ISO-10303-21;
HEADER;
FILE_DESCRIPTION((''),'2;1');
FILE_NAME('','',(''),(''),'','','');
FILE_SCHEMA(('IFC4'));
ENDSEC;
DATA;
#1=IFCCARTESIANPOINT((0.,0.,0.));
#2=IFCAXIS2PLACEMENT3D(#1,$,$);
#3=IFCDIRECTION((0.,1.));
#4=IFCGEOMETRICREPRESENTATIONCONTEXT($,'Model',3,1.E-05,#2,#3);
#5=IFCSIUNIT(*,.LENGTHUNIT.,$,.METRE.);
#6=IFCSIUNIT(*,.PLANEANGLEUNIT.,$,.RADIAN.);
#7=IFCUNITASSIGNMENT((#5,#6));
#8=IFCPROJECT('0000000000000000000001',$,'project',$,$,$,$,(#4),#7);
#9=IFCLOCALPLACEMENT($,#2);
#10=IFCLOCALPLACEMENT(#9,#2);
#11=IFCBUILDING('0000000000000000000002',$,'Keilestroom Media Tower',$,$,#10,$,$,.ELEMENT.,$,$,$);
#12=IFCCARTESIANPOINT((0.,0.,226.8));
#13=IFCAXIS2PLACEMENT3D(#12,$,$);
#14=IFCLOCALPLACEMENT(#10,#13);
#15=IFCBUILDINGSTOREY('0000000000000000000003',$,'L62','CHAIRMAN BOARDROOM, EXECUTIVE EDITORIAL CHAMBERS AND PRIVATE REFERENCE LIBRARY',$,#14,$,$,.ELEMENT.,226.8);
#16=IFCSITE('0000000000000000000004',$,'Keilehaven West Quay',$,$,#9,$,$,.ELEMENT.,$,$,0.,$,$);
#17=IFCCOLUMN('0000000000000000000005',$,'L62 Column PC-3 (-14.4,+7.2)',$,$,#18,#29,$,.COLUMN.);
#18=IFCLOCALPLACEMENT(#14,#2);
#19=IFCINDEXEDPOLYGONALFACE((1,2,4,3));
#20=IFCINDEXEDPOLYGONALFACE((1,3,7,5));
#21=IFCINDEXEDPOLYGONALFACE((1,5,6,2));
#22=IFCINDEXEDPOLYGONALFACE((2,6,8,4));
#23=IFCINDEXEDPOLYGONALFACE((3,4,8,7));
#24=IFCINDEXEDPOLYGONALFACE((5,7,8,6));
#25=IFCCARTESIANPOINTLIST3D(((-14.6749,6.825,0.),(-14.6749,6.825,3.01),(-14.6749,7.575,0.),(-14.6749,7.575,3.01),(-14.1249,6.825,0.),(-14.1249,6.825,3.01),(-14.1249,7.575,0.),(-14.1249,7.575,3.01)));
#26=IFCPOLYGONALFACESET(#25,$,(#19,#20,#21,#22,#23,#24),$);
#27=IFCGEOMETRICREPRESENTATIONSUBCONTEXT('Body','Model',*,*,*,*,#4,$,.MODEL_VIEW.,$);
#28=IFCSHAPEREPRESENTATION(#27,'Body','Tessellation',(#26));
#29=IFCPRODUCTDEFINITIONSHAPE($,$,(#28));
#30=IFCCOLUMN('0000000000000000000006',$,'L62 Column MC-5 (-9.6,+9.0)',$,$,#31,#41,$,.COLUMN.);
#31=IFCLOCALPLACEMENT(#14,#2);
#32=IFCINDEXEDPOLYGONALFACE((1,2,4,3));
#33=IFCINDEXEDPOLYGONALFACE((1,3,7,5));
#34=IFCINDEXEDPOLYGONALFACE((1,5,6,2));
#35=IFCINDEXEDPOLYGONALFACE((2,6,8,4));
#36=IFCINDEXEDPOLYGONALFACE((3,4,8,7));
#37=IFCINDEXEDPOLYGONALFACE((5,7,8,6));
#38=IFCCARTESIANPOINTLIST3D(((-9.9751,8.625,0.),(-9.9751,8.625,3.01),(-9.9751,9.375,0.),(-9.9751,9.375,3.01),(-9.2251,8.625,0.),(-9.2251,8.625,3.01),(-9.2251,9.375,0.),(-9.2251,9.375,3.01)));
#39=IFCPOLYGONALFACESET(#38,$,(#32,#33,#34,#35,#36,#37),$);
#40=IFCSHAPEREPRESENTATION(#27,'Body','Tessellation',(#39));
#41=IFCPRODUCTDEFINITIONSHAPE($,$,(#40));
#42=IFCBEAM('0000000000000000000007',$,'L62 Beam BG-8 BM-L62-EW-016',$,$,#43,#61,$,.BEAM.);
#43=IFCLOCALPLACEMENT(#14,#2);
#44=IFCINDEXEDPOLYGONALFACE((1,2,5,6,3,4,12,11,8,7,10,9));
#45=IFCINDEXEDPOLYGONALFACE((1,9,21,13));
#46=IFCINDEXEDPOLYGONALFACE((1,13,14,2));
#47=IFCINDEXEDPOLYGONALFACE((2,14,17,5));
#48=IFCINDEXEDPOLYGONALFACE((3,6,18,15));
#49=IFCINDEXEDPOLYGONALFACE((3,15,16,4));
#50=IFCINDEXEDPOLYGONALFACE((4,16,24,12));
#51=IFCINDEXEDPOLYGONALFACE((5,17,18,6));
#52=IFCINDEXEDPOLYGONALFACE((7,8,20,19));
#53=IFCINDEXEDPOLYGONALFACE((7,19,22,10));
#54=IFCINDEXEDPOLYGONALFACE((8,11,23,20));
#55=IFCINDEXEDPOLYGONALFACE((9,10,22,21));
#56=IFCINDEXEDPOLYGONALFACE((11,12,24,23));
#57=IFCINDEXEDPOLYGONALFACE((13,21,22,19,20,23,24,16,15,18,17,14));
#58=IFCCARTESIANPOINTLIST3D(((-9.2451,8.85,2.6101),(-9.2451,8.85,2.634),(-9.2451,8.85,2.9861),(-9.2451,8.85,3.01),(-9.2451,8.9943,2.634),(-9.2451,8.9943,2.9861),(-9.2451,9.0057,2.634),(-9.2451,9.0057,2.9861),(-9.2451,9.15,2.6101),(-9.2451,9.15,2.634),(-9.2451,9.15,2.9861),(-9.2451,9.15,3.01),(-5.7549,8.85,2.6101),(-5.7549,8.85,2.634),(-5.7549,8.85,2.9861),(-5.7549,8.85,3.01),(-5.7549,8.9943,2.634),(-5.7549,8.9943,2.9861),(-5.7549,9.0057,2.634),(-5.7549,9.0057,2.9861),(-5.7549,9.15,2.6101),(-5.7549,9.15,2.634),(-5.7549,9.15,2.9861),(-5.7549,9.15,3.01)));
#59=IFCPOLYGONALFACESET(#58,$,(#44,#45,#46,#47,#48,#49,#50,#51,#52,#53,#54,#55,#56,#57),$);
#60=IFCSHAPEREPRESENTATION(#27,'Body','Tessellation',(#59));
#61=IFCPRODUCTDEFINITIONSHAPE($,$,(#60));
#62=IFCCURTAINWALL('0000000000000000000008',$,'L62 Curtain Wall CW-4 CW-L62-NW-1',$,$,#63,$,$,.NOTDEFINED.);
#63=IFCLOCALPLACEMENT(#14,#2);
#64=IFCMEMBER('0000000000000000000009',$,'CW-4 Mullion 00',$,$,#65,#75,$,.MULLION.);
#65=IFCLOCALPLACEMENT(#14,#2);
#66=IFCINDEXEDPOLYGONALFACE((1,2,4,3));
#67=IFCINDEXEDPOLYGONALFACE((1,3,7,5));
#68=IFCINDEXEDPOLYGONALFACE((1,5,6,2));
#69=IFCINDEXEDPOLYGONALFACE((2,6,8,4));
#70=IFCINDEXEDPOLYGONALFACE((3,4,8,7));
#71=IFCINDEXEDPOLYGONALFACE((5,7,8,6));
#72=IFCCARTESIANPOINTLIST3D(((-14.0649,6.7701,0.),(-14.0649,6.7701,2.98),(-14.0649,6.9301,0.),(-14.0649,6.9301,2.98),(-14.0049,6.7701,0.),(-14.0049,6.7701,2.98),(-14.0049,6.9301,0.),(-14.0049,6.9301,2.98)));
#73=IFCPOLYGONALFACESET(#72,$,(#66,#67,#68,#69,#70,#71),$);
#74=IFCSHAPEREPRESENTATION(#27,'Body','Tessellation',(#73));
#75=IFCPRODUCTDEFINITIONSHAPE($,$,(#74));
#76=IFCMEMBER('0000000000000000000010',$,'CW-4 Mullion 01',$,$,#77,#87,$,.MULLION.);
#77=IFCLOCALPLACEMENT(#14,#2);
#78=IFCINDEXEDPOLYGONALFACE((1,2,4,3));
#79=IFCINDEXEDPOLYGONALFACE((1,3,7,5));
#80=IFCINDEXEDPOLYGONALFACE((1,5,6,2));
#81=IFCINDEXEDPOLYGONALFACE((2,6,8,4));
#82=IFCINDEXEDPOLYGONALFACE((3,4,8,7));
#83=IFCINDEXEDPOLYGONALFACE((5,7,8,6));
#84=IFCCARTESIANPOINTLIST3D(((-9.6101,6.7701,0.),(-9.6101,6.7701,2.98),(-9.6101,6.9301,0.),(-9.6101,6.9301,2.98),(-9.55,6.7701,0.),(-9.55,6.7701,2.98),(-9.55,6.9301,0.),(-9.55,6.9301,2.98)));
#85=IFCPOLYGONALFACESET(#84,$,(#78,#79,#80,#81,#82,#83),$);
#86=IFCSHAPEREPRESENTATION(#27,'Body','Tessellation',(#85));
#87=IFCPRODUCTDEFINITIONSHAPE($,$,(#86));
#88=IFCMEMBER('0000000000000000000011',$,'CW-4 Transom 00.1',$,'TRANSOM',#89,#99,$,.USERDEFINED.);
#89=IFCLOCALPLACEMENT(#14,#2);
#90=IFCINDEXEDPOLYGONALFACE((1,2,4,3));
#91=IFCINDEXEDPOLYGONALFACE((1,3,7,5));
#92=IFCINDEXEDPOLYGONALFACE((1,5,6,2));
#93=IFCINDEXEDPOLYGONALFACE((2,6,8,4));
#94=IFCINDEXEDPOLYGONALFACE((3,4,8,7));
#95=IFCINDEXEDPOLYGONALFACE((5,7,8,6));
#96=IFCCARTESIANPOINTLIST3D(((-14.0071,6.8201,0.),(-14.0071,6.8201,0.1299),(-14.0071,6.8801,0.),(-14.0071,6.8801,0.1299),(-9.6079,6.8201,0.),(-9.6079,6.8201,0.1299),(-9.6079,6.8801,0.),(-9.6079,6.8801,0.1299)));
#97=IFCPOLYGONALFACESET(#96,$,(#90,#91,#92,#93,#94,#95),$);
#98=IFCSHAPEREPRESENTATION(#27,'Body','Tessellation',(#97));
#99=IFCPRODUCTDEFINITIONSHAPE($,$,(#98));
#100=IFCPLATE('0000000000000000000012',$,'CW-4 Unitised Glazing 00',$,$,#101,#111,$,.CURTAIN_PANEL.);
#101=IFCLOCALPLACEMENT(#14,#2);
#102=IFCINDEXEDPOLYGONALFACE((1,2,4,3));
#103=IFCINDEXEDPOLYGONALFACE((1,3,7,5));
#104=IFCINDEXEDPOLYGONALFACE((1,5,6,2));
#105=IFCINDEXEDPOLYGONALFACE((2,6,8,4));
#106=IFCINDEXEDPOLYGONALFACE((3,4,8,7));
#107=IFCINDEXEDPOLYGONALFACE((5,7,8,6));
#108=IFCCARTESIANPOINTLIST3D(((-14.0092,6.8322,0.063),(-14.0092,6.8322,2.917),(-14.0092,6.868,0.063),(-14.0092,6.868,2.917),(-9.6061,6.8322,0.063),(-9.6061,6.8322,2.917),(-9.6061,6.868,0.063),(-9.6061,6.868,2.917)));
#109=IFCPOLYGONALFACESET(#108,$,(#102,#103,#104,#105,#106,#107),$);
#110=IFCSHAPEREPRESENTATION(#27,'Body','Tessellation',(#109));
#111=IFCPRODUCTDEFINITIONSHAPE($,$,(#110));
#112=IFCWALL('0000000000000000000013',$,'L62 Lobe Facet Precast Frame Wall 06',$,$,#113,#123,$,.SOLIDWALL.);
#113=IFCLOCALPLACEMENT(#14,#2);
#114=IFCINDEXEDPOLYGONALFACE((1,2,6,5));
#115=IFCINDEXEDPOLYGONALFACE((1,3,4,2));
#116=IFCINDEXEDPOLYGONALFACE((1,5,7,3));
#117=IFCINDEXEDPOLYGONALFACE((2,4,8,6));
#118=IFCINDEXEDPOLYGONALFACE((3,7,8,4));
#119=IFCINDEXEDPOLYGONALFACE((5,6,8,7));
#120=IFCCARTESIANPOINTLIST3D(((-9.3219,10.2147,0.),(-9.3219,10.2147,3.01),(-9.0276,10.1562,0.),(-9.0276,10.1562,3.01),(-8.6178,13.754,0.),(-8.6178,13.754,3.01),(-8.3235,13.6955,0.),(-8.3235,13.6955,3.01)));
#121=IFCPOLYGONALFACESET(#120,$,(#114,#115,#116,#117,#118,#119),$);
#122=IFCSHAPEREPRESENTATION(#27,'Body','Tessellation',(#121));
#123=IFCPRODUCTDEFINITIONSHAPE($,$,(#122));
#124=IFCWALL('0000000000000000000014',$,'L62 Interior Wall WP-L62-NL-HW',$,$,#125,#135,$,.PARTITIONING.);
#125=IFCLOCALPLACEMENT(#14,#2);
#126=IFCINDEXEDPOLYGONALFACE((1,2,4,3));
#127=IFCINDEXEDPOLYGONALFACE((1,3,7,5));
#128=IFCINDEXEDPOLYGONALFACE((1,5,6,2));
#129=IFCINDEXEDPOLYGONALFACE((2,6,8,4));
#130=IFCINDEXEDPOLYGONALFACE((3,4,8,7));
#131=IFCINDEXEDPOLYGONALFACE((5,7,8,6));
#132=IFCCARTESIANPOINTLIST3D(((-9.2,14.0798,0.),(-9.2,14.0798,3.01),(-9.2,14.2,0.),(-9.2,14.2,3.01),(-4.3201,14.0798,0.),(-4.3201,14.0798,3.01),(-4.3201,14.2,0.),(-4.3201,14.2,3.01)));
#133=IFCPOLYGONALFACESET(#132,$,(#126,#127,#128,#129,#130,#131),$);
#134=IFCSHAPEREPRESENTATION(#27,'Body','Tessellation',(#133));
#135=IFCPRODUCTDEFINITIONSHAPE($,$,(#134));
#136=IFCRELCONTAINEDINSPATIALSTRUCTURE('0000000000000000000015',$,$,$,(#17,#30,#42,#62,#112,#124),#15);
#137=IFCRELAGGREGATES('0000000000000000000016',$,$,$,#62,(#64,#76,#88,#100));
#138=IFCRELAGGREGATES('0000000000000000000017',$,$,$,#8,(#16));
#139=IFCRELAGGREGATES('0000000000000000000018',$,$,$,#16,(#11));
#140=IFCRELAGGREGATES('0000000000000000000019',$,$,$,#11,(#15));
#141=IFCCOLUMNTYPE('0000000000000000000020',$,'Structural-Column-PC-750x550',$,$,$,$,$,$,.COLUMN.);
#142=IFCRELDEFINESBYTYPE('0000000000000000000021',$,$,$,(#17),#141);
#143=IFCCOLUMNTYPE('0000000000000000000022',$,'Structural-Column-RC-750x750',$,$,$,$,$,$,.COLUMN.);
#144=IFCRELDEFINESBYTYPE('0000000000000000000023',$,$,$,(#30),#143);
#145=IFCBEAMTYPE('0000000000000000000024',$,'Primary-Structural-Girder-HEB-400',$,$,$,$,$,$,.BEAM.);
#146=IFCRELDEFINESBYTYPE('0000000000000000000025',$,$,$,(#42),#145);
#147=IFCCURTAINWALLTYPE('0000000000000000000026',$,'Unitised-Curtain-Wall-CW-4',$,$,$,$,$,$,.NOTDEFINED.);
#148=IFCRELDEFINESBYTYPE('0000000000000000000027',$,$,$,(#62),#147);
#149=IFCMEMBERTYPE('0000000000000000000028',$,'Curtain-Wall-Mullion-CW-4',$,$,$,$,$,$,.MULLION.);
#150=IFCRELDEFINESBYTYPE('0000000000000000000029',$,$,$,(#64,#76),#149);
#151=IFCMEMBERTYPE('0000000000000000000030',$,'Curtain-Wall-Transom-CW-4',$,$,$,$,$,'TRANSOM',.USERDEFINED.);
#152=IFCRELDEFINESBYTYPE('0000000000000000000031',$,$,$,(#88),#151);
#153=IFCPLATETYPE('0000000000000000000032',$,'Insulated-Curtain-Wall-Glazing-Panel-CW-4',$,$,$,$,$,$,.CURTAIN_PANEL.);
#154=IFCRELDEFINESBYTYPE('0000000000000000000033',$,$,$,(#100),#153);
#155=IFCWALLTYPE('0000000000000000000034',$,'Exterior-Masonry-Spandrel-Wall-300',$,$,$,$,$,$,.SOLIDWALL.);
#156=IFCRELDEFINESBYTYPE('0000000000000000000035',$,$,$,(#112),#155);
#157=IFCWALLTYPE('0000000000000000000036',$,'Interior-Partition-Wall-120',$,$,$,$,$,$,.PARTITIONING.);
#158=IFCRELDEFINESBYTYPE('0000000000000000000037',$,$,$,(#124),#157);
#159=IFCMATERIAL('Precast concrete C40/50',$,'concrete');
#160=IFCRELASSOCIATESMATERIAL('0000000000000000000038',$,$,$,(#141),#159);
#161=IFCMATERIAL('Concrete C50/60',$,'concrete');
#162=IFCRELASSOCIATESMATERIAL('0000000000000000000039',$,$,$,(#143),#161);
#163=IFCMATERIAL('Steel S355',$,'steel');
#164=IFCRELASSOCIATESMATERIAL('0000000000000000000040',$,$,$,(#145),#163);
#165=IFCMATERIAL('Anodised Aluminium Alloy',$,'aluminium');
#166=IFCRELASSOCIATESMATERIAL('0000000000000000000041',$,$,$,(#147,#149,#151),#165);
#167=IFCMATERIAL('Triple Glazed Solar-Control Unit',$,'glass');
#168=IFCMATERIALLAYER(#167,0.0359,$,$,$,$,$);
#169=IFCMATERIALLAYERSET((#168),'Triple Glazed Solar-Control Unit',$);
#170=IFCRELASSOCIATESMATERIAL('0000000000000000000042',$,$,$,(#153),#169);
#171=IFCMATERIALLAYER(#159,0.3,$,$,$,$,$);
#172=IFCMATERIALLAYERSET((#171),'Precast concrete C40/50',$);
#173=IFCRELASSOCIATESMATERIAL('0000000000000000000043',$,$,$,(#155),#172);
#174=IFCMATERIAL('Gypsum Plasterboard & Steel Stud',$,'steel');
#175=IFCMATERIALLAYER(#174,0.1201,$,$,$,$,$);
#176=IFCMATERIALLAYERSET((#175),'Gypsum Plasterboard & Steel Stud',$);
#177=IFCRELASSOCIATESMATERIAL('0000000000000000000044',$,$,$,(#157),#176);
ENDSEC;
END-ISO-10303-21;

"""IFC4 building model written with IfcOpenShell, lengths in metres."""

from ifc_helpers import new_model, si_unit, direction, frame, frame_2d, origin, origin_2d, place, context, subcontext, project, spatial, rectangle, i_section, extrude, source, transform, mapped, material, layer, layer_set, material_profile, profile_set, type_object, element, aggregate, save


model = new_model("IFC4")

# Units and contexts
model_context = context("Model", 3, precision=1e-05, world=origin(), true_north=direction((0.0, 1.0)))
body_context = subcontext(model_context, "Body", "Model", "MODEL_VIEW")
ifc_project = project(units=[si_unit("LENGTHUNIT", "METRE"), si_unit("PLANEANGLEUNIT", "RADIAN")], contexts=[model_context])

# Site, building, storey
site_placement = place(None, origin())
site = spatial("IfcSite", under=ifc_project, at=site_placement, Name="Keilehaven West Quay", CompositionType="ELEMENT", RefElevation=0.0)
building_placement = place(site_placement, origin())
building = spatial("IfcBuilding", under=site, at=building_placement, Name="Keilestroom Media Tower", CompositionType="ELEMENT")
storey_placement = place(building_placement, frame((0.0, 0.0, 226.8)))
storey = spatial("IfcBuildingStorey", under=building, at=storey_placement, Name="L62", Description="CHAIRMAN BOARDROOM, EXECUTIVE EDITORIAL CHAMBERS AND PRIVATE REFERENCE LIBRARY", CompositionType="ELEMENT", Elevation=226.8)

# Columns
ifc_material_1 = material(Name="Precast concrete C40/50", Category="concrete")
ifc_material_profile_1 = material_profile(ifc_material_1, rectangle(XDim=0.55, YDim=0.75, at=origin_2d()), Name="PC 750x550")
ifc_profile_set_1 = profile_set([ifc_material_profile_1], Name="Precast concrete C40/50")
column_type_1 = type_object("IfcColumnType", Name="Structural-Column-PC-750x550", PredefinedType="COLUMN", material=ifc_profile_set_1)
shared_shape_1 = source(origin(), body_context, "Body", "SweptSolid", [
    extrude(rectangle(XDim=0.55, YDim=0.75, at=origin_2d()), origin(), (0.0, 0.0, 1.0), 3.01),
])
column_1_placement = place(storey_placement, frame((-14.3999, 7.2, 0.0), z_axis=(0.0, 0.0, 1.0), x_axis=(1.0, 0.0, 0.0)))
element("IfcColumn", 1, at=column_1_placement, inside=storey, type_object=column_type_1, Name="L62 Column PC-3 (-14.4,+7.2)", PredefinedType="COLUMN", context=body_context, shape_type="MappedRepresentation", body=[
    mapped(shared_shape_1, transform((0.0, 0.0, 0.0), x_axis=(1.0, 0.0, 0.0), y_axis=(0.0, 1.0, 0.0), z_axis=(0.0, 0.0, 1.0), scale=1.0)),
])
ifc_material_2 = material(Name="Concrete C50/60", Category="concrete")
ifc_material_profile_2 = material_profile(ifc_material_2, rectangle(XDim=0.75, YDim=0.75, at=origin_2d()), Name="RC 750x750")
ifc_profile_set_2 = profile_set([ifc_material_profile_2], Name="Concrete C50/60")
column_type_2 = type_object("IfcColumnType", Name="Structural-Column-RC-750x750", PredefinedType="COLUMN", material=ifc_profile_set_2)
shared_shape_2 = source(origin(), body_context, "Body", "SweptSolid", [
    extrude(rectangle(XDim=0.75, YDim=0.75, at=origin_2d()), origin(), (0.0, 0.0, 1.0), 3.01),
])
column_2_placement = place(storey_placement, frame((-9.6001, 9.0, 0.0), z_axis=(0.0, 0.0, 1.0), x_axis=(1.0, 0.0, 0.0)))
element("IfcColumn", 2, at=column_2_placement, inside=storey, type_object=column_type_2, Name="L62 Column MC-5 (-9.6,+9.0)", PredefinedType="COLUMN", context=body_context, shape_type="MappedRepresentation", body=[
    mapped(shared_shape_2, transform((0.0, 0.0, 0.0), x_axis=(1.0, 0.0, 0.0), y_axis=(0.0, 1.0, 0.0), z_axis=(0.0, 0.0, 1.0), scale=1.0)),
])

# Beam
ifc_material_3 = material(Name="Steel S355", Category="steel")
ifc_material_profile_3 = material_profile(ifc_material_3, i_section(OverallWidth=0.3, OverallDepth=0.3999, WebThickness=0.0115, FlangeThickness=0.0239, at=origin_2d()), Name="HEB 400")
ifc_profile_set_3 = profile_set([ifc_material_profile_3], Name="Steel S355")
beam_type = type_object("IfcBeamType", Name="Primary-Structural-Girder-HEB-400", PredefinedType="BEAM", material=ifc_profile_set_3)
shared_shape_3 = source(origin(), body_context, "Body", "SweptSolid", [
    extrude(i_section(OverallWidth=0.3, OverallDepth=0.3999, WebThickness=0.0115, FlangeThickness=0.0239, at=origin_2d()), origin(), (0.0, 0.0, 1.0), 3.4902),
])
beam_placement = place(storey_placement, frame((-9.2451, 9.0, 2.8101), z_axis=(1.0, 0.0, 0.0), x_axis=(0.0, 1.0, 0.0)))
element("IfcBeam", 3, at=beam_placement, inside=storey, type_object=beam_type, Name="L62 Beam BG-8 BM-L62-EW-016", PredefinedType="BEAM", context=body_context, shape_type="MappedRepresentation", body=[
    mapped(shared_shape_3, transform((0.0, 0.0, 0.0), x_axis=(1.0, 0.0, 0.0), y_axis=(0.0, 1.0, 0.0), z_axis=(0.0, 0.0, 1.0), scale=1.0)),
])

# Curtain wall, members, plate
ifc_material_4 = material(Name="Anodised Aluminium Alloy", Category="aluminium")
curtain_wall_type = type_object("IfcCurtainWallType", Name="Unitised-Curtain-Wall-CW-4", PredefinedType="NOTDEFINED", material=ifc_material_4)
curtain_wall_placement = place(storey_placement, origin())
curtain_wall = element("IfcCurtainWall", 4, at=curtain_wall_placement, inside=storey, type_object=curtain_wall_type, Name="L62 Curtain Wall CW-4 CW-L62-NW-1", PredefinedType="NOTDEFINED")
ifc_material_profile_4 = material_profile(ifc_material_4, rectangle(XDim=0.0601, YDim=0.1599, at=origin_2d()), Name="ALU MULLION 60x160")
ifc_profile_set_4 = profile_set([ifc_material_profile_4], Name="Anodised Aluminium Alloy")
member_type_1 = type_object("IfcMemberType", Name="Curtain-Wall-Mullion-CW-4", PredefinedType="MULLION", material=ifc_profile_set_4)
shared_shape_4 = source(origin(), body_context, "Body", "SweptSolid", [
    extrude(rectangle(XDim=0.0601, YDim=0.1599, at=origin_2d()), origin(), (0.0, 0.0, 1.0), 2.98),
])
member_1_placement = place(storey_placement, frame((-14.0349, 6.8501, 0.0), z_axis=(0.0, 0.0, 1.0), x_axis=(1.0, 0.0, 0.0)))
member_1 = element("IfcMember", 5, at=member_1_placement, type_object=member_type_1, Name="CW-4 Mullion 00", PredefinedType="MULLION", context=body_context, shape_type="MappedRepresentation", body=[
    mapped(shared_shape_4, transform((0.0, 0.0, 0.0), x_axis=(1.0, 0.0, 0.0), y_axis=(0.0, 1.0, 0.0), z_axis=(0.0, 0.0, 1.0), scale=1.0)),
])
member_2_placement = place(storey_placement, frame((-9.5801, 6.8501, 0.0), z_axis=(0.0, 0.0, 1.0), x_axis=(1.0, 0.0, 0.0)))
member_2 = element("IfcMember", 6, at=member_2_placement, type_object=member_type_1, Name="CW-4 Mullion 01", PredefinedType="MULLION", context=body_context, shape_type="MappedRepresentation", body=[
    mapped(shared_shape_4, transform((0.0, 0.0, 0.0), x_axis=(1.0, 0.0, 0.0), y_axis=(0.0, 1.0, 0.0), z_axis=(0.0, 0.0, 1.0), scale=1.0)),
])
ifc_material_profile_5 = material_profile(ifc_material_4, rectangle(XDim=0.0601, YDim=0.1299, at=origin_2d()), Name="ALU TRANSOM 60x130")
ifc_profile_set_5 = profile_set([ifc_material_profile_5], Name="Anodised Aluminium Alloy")
member_type_2 = type_object("IfcMemberType", Name="Curtain-Wall-Transom-CW-4", ElementType="TRANSOM", PredefinedType="USERDEFINED", material=ifc_profile_set_5)
shared_shape_5 = source(origin(), body_context, "Body", "SweptSolid", [
    extrude(rectangle(XDim=0.0601, YDim=0.1299, at=origin_2d()), origin(), (0.0, 0.0, 1.0), 4.3992),
])
member_3_placement = place(storey_placement, frame((-14.0071, 6.8501, 0.0649), z_axis=(1.0, 0.0, 0.0), x_axis=(0.0, 1.0, 0.0)))
member_3 = element("IfcMember", 7, at=member_3_placement, type_object=member_type_2, Name="CW-4 Transom 00.1", ObjectType="TRANSOM", PredefinedType="USERDEFINED", context=body_context, shape_type="MappedRepresentation", body=[
    mapped(shared_shape_5, transform((0.0, 0.0, 0.0), x_axis=(1.0, 0.0, 0.0), y_axis=(0.0, 1.0, 0.0), z_axis=(0.0, 0.0, 1.0), scale=1.0)),
])
ifc_material_5 = material(Name="Triple Glazed Solar-Control Unit", Category="glass")
ifc_layer_1 = layer(ifc_material_5, 0.0359)
ifc_layer_set_1 = layer_set([ifc_layer_1], Name="Triple Glazed Solar-Control Unit")
plate_type = type_object("IfcPlateType", Name="Insulated-Curtain-Wall-Glazing-Panel-CW-4", PredefinedType="CURTAIN_PANEL", material=ifc_layer_set_1)
shared_shape_6 = source(origin(), body_context, "Body", "SweptSolid", [
    extrude(rectangle(XDim=4.4031, YDim=0.0359, at=origin_2d()), origin(), (0.0, 0.0, 1.0), 2.854),
])
plate_placement = place(storey_placement, frame((-11.8076, 6.8501, 0.063), z_axis=(0.0, 0.0, 1.0), x_axis=(1.0, 0.0, 0.0)))
plate = element("IfcPlate", 8, at=plate_placement, type_object=plate_type, Name="CW-4 Unitised Glazing 00", PredefinedType="CURTAIN_PANEL", context=body_context, shape_type="MappedRepresentation", body=[
    mapped(shared_shape_6, transform((0.0, 0.0, 0.0), x_axis=(1.0, 0.0, 0.0), y_axis=(0.0, 1.0, 0.0), z_axis=(0.0, 0.0, 1.0), scale=1.0)),
])
aggregate(curtain_wall, [member_1, member_2, member_3, plate])

# Walls
ifc_layer_2 = layer(ifc_material_1, 0.3)
ifc_layer_set_2 = layer_set([ifc_layer_2], Name="Precast concrete C40/50")
wall_type_1 = type_object("IfcWallType", Name="Exterior-Masonry-Spandrel-Wall-300", PredefinedType="SOLIDWALL", material=ifc_layer_set_2)
wall_1_placement = place(storey_placement, frame((-8.4707, 13.7246, 0.0), z_axis=(0.0, 0.0, 1.0), x_axis=(-0.195114, -0.980781, 0.0)))
element("IfcWall", 9, at=wall_1_placement, inside=storey, type_object=wall_type_1, Name="L62 Lobe Facet Precast Frame Wall 06", PredefinedType="SOLIDWALL", context=body_context, shape_type="SweptSolid", body=[
    extrude(rectangle(XDim=3.6086, YDim=0.3, at=frame_2d((1.8042, 0.0))), origin(), (0.0, 0.0, 1.0), 3.01),
])
ifc_material_6 = material(Name="Gypsum Plasterboard & Steel Stud", Category="steel")
ifc_layer_3 = layer(ifc_material_6, 0.1201)
ifc_layer_set_3 = layer_set([ifc_layer_3], Name="Gypsum Plasterboard & Steel Stud")
wall_type_2 = type_object("IfcWallType", Name="Interior-Partition-Wall-120", PredefinedType="PARTITIONING", material=ifc_layer_set_3)
wall_2_placement = place(storey_placement, frame((-9.2, 14.1399, 0.0), z_axis=(0.0, 0.0, 1.0), x_axis=(1.0, 0.0, 0.0)))
element("IfcWall", 10, at=wall_2_placement, inside=storey, type_object=wall_type_2, Name="L62 Interior Wall WP-L62-NL-HW", PredefinedType="PARTITIONING", context=body_context, shape_type="SweptSolid", body=[
    extrude(rectangle(XDim=4.8799, YDim=0.1201, at=frame_2d((2.4399, 0.0))), origin(), (0.0, 0.0, 1.0), 3.01),
])

save(model, "model.ifc")
